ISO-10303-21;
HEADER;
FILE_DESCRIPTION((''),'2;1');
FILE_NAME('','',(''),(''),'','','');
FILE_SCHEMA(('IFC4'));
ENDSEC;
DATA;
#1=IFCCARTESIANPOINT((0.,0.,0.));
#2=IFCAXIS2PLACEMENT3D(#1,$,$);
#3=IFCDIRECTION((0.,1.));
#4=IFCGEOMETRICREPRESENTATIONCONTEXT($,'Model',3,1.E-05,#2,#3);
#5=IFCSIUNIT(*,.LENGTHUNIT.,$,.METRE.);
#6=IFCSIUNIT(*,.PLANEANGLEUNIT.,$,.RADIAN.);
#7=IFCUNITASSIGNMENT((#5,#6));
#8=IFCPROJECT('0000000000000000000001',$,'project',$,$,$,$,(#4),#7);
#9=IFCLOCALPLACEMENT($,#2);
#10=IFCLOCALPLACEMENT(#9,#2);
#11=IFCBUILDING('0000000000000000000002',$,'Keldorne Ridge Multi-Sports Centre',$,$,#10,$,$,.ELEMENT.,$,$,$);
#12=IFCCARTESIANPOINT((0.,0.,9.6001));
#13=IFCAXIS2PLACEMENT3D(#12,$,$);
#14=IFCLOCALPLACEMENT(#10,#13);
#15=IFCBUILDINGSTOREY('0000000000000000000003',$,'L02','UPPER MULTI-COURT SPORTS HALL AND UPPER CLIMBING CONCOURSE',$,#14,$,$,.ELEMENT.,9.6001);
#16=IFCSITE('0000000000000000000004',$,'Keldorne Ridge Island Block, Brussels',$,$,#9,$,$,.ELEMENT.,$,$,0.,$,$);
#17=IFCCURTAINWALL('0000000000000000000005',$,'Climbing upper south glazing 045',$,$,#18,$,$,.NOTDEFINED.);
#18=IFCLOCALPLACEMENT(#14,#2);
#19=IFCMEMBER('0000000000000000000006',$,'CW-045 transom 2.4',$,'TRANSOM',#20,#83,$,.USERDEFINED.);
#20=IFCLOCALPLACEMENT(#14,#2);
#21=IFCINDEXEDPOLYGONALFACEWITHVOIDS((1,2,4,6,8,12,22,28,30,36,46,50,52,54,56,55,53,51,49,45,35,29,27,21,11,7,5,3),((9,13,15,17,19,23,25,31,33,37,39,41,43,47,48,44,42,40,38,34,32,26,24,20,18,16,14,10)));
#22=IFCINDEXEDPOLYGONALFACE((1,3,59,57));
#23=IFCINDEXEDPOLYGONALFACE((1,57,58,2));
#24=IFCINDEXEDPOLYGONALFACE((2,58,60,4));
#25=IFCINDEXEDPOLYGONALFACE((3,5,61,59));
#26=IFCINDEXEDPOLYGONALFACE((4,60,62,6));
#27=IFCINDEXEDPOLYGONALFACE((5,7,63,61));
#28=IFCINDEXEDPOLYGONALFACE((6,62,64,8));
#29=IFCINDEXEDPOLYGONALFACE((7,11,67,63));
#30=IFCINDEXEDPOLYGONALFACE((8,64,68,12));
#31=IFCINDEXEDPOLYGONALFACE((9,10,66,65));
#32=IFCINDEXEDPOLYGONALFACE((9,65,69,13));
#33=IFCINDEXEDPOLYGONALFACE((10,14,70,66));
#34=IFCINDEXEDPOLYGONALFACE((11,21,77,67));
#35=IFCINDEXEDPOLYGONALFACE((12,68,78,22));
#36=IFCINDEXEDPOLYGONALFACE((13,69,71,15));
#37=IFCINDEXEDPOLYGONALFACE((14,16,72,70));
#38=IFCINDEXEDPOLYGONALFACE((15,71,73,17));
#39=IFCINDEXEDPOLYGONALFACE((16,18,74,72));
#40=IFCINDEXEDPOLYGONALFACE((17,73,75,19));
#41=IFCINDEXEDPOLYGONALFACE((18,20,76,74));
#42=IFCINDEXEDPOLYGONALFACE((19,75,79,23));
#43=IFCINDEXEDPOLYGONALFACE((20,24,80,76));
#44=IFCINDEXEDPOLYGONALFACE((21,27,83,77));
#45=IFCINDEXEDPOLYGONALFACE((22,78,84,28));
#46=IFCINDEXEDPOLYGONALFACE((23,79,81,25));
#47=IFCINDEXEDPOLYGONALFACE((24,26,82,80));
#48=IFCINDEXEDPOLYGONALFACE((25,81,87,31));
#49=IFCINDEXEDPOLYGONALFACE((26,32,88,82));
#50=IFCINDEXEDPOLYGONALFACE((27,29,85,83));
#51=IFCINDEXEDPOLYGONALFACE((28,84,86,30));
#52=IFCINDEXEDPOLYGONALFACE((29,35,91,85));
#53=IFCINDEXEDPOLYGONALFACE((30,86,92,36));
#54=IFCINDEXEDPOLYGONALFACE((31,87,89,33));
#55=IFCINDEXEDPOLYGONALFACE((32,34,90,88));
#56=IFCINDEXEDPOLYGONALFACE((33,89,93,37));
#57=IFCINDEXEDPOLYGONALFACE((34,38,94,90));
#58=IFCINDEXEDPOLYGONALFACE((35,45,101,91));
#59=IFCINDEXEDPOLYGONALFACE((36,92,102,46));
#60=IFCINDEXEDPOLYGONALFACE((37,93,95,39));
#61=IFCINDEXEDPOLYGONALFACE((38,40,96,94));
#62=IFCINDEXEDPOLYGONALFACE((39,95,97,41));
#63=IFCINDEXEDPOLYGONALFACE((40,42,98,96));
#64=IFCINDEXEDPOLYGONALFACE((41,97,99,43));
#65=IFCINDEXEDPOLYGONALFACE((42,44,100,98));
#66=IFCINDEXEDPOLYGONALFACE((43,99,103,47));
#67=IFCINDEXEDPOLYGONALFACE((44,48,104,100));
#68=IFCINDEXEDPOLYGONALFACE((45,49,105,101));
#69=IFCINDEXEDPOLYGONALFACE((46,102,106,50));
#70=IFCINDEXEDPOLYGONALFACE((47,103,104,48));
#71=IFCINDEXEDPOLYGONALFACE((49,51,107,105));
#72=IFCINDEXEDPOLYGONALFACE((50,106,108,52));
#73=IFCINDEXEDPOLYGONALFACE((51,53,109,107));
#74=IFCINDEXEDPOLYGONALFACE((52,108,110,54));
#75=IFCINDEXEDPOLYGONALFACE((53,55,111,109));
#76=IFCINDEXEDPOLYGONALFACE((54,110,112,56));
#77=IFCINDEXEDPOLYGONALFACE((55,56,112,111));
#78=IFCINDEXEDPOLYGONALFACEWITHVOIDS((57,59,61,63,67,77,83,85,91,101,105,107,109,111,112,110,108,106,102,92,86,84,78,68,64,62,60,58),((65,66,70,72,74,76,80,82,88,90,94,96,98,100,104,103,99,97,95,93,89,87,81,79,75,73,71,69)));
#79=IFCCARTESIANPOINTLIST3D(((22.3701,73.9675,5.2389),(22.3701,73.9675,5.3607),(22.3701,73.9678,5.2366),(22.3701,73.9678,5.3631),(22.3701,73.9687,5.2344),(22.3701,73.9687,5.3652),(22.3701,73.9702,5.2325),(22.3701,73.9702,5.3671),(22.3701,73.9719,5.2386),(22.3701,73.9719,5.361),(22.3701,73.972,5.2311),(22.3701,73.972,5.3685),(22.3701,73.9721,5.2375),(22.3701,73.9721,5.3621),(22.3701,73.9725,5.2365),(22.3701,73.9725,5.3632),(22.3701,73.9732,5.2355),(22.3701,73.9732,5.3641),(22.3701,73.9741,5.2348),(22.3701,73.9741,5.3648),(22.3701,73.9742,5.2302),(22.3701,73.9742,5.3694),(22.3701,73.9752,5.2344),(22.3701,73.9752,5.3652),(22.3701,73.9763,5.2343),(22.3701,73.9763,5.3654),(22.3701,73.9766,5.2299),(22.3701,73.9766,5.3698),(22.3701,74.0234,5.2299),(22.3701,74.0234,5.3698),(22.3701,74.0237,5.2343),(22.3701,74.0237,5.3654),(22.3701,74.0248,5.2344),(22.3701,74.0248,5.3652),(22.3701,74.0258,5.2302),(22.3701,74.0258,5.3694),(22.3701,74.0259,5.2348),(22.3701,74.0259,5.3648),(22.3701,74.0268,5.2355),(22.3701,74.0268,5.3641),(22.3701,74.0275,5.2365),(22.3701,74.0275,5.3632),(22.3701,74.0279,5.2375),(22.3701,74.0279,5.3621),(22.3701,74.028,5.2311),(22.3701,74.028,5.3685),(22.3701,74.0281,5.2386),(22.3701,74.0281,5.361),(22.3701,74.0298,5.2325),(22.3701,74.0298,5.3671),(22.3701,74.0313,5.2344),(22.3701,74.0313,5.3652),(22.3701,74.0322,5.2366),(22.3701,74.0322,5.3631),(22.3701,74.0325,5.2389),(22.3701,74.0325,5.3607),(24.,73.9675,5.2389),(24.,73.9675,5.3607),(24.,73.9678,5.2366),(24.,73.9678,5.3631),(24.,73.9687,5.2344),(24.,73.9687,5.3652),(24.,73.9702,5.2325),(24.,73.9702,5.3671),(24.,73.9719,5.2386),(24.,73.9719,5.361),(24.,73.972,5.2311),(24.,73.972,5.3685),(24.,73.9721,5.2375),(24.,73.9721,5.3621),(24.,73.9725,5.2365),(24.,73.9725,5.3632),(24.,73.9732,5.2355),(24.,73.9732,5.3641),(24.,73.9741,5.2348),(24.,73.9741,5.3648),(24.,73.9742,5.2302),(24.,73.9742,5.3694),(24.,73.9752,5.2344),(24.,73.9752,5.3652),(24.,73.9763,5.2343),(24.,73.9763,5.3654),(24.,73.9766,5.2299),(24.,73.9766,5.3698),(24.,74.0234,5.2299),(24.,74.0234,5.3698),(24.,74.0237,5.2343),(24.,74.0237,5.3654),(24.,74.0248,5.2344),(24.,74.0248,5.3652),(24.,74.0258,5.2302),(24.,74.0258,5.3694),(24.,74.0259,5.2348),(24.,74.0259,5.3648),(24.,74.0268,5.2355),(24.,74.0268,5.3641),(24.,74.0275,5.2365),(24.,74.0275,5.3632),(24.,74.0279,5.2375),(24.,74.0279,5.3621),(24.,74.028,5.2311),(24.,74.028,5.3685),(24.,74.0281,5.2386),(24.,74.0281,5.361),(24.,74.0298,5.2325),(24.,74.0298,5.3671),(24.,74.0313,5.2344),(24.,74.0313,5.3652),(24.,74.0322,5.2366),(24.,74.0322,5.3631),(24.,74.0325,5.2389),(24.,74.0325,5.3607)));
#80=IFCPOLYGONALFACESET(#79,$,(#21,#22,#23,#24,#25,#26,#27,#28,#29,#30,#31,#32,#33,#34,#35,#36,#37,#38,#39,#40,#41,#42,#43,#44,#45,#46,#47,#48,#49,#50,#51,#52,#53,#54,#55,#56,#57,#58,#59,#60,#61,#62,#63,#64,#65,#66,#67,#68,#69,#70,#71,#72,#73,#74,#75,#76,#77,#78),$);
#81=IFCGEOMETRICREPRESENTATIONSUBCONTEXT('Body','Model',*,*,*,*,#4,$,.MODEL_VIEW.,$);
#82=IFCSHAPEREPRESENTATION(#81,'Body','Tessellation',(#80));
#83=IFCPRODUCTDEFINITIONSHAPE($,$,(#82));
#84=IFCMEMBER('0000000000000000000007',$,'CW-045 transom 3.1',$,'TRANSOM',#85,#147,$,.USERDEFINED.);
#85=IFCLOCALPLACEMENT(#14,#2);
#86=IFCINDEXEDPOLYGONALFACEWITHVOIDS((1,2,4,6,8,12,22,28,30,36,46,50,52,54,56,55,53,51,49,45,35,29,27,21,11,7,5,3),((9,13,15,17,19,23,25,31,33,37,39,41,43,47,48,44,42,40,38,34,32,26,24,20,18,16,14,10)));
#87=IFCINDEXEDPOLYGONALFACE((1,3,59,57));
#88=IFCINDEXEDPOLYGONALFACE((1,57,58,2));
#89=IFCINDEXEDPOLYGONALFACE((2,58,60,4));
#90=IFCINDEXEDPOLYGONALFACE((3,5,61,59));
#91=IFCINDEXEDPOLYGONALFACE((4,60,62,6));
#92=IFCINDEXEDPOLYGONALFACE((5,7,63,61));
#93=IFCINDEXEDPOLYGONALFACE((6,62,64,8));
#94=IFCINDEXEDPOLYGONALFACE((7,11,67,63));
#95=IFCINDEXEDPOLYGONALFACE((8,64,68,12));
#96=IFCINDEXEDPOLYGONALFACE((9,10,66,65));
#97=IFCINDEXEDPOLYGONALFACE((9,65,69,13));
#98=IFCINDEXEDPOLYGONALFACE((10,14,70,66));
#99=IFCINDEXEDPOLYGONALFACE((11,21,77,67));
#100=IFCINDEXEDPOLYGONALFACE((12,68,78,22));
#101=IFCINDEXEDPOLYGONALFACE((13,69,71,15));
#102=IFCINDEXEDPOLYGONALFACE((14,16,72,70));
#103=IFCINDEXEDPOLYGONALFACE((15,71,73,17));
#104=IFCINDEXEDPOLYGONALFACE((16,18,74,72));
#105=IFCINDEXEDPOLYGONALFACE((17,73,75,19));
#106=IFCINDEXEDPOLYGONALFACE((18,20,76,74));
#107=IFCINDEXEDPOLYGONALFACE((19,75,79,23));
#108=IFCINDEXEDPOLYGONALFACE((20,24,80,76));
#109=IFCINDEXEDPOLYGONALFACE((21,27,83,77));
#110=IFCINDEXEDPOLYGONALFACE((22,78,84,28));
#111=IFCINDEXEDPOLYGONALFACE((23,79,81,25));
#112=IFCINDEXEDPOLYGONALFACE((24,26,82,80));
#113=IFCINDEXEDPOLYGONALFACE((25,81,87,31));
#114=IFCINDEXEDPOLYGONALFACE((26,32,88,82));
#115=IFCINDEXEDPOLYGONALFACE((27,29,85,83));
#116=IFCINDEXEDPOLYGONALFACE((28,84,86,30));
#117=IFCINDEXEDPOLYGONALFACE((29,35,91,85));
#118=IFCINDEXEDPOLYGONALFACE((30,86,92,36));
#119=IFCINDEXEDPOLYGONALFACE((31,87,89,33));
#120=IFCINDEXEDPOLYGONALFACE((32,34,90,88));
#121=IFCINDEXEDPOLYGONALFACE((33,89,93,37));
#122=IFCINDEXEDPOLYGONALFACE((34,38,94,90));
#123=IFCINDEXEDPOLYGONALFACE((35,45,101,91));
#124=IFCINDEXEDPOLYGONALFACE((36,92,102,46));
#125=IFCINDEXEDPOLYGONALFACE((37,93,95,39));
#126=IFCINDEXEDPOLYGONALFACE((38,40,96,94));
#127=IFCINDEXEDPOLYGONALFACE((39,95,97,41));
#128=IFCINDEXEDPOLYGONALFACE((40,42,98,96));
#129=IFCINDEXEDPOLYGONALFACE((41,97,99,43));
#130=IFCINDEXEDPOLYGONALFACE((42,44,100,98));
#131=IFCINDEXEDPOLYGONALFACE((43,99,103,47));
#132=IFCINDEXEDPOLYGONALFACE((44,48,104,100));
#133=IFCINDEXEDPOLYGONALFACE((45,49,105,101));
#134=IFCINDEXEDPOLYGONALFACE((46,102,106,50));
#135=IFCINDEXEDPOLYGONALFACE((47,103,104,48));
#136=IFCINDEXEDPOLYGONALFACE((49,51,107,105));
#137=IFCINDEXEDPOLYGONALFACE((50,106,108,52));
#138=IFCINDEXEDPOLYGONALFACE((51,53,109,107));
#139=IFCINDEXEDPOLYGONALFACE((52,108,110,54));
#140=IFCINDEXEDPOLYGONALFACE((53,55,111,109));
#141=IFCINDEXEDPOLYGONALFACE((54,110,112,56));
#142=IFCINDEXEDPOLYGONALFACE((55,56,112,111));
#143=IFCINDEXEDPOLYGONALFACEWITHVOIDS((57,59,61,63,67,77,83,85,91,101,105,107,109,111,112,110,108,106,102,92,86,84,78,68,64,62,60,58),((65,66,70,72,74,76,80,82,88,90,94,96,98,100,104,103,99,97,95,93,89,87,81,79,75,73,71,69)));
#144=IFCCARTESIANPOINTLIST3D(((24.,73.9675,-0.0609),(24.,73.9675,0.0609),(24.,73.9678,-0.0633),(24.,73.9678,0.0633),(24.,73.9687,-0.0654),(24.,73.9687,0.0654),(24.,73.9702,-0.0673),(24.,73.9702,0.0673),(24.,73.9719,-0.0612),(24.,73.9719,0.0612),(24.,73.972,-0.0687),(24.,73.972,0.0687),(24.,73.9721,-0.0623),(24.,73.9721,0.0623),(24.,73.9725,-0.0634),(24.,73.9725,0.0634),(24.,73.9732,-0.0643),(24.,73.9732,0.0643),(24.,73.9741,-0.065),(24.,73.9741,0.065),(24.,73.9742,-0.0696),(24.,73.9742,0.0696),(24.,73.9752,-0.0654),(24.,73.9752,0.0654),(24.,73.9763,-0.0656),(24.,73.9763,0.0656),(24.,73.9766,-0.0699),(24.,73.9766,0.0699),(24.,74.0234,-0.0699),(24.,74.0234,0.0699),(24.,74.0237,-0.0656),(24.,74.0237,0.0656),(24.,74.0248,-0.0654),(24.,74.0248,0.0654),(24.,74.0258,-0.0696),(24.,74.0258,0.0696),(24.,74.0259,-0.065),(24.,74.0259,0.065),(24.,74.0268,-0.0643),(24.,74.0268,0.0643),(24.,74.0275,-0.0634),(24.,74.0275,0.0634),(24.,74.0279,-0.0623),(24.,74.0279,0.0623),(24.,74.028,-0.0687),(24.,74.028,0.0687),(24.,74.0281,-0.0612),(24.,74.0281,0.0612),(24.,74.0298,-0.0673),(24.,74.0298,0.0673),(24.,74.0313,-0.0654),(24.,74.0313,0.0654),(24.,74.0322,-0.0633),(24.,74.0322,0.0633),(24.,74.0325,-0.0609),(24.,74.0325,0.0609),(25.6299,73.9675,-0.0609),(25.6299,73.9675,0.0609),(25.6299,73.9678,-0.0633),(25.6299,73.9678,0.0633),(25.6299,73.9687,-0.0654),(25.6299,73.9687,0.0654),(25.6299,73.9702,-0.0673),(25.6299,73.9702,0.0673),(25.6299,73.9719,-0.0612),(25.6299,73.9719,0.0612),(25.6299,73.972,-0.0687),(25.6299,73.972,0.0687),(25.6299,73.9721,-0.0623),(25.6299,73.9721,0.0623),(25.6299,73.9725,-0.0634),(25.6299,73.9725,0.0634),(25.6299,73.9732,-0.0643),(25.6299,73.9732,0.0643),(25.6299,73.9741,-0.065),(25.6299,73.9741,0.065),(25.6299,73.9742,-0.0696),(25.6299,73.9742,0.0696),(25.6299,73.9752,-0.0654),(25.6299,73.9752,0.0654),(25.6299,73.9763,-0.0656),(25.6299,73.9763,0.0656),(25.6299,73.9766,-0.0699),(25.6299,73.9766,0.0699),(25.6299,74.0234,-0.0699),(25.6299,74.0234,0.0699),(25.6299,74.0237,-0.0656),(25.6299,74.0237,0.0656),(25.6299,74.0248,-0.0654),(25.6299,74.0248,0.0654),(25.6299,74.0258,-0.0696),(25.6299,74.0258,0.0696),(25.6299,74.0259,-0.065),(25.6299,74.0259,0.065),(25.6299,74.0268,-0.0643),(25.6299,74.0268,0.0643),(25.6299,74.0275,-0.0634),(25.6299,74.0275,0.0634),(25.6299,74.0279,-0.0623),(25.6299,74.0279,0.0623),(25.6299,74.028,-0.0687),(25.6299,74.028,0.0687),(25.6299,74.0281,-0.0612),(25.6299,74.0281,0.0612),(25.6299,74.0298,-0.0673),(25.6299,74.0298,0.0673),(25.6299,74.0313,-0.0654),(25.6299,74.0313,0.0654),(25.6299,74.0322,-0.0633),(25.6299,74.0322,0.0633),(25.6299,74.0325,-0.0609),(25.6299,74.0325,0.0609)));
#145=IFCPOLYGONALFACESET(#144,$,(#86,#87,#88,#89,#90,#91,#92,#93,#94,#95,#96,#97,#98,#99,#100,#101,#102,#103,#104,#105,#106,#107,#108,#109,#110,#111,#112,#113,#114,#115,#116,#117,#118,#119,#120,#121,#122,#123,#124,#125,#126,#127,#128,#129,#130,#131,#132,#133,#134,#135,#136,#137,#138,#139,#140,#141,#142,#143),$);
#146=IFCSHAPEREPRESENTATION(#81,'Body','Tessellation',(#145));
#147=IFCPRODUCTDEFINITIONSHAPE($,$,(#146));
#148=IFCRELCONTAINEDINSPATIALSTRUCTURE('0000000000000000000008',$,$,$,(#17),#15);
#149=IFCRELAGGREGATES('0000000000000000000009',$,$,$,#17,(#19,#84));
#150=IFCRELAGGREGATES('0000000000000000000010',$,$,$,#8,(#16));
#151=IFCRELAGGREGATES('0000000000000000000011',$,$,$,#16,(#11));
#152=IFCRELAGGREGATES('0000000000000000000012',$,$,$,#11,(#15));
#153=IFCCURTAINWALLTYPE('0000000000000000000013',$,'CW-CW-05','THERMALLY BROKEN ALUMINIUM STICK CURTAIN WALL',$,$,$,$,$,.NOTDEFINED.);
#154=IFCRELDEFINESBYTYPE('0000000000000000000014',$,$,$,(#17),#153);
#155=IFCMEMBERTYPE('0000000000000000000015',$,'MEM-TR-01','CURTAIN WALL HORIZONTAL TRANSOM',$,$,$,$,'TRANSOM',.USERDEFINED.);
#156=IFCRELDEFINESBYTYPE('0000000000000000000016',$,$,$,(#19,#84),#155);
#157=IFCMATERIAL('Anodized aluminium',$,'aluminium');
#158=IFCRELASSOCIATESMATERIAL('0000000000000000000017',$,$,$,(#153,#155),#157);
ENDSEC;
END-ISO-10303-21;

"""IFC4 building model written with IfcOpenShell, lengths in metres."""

from ifc_helpers import new_model, si_unit, direction, frame, origin, origin_2d, place, context, subcontext, project, spatial, hollow_rectangle, extrude, material, material_profile, profile_set, type_object, element, aggregate, save


model = new_model("IFC4")

# Units and contexts
model_context = context("Model", 3, precision=1e-05, world=origin(), true_north=direction((0.0, 1.0)))
body_context = subcontext(model_context, "Body", "Model", "MODEL_VIEW")
ifc_project = project(units=[si_unit("LENGTHUNIT", "METRE"), si_unit("PLANEANGLEUNIT", "RADIAN")], contexts=[model_context])

# Site, building, storey
site_placement = place(None, origin())
site = spatial("IfcSite", under=ifc_project, at=site_placement, Name="Keldorne Ridge Island Block, Brussels", CompositionType="ELEMENT", RefElevation=0.0)
building_placement = place(site_placement, origin())
building = spatial("IfcBuilding", under=site, at=building_placement, Name="Keldorne Ridge Multi-Sports Centre", CompositionType="ELEMENT")
storey_placement = place(building_placement, frame((0.0, 0.0, 9.6001)))
storey = spatial("IfcBuildingStorey", under=building, at=storey_placement, Name="L02", Description="UPPER MULTI-COURT SPORTS HALL AND UPPER CLIMBING CONCOURSE", CompositionType="ELEMENT", Elevation=9.6001)

# Curtain wall
ifc_material_1 = material(Name="Anodized aluminium", Category="aluminium")
curtain_wall_type = type_object("IfcCurtainWallType", Name="CW-CW-05", Description="THERMALLY BROKEN ALUMINIUM STICK CURTAIN WALL", PredefinedType="NOTDEFINED", material=ifc_material_1)
curtain_wall_placement = place(storey_placement, origin())
curtain_wall = element("IfcCurtainWall", 1, at=curtain_wall_placement, inside=storey, type_object=curtain_wall_type, Name="Climbing upper south glazing 045", PredefinedType="NOTDEFINED")

# Members
ifc_material_profile_1 = material_profile(ifc_material_1, hollow_rectangle(XDim=0.0649, YDim=0.1399, WallThickness=0.0044, InnerFilletRadius=0.0044, OuterFilletRadius=0.009, at=origin_2d()), Name="ALU TRANSOM 140x65x4.5")
ifc_profile_set_1 = profile_set([ifc_material_profile_1], Name="Anodized aluminium")
member_type_1 = type_object("IfcMemberType", Name="MEM-TR-01", Description="CURTAIN WALL HORIZONTAL TRANSOM", ElementType="TRANSOM", PredefinedType="USERDEFINED", material=ifc_profile_set_1)
member_1_placement = place(storey_placement, frame((22.3701, 74.0, 5.2998), z_axis=(1.0, 0.0, 0.0), x_axis=(0.0, 1.0, 0.0)))
member_1 = element("IfcMember", 2, at=member_1_placement, type_object=member_type_1, Name="CW-045 transom 2.4", ObjectType="TRANSOM", PredefinedType="USERDEFINED", context=body_context, shape_type="SweptSolid", body=[
    extrude(hollow_rectangle(XDim=0.0649, YDim=0.1399, WallThickness=0.0044, InnerFilletRadius=0.0044, OuterFilletRadius=0.009, at=origin_2d()), origin(), (0.0, 0.0, 1.0), 1.6299),
])
member_2_placement = place(storey_placement, frame((24.0, 74.0, 0.0), z_axis=(1.0, 0.0, 0.0), x_axis=(0.0, 1.0, 0.0)))
member_2 = element("IfcMember", 3, at=member_2_placement, type_object=member_type_1, Name="CW-045 transom 3.1", ObjectType="TRANSOM", PredefinedType="USERDEFINED", context=body_context, shape_type="SweptSolid", body=[
    extrude(hollow_rectangle(XDim=0.0649, YDim=0.1399, WallThickness=0.0044, InnerFilletRadius=0.0044, OuterFilletRadius=0.009, at=origin_2d()), origin(), (0.0, 0.0, 1.0), 1.6299),
])

aggregate(curtain_wall, [member_1, member_2])

save(model, "model.ifc")
